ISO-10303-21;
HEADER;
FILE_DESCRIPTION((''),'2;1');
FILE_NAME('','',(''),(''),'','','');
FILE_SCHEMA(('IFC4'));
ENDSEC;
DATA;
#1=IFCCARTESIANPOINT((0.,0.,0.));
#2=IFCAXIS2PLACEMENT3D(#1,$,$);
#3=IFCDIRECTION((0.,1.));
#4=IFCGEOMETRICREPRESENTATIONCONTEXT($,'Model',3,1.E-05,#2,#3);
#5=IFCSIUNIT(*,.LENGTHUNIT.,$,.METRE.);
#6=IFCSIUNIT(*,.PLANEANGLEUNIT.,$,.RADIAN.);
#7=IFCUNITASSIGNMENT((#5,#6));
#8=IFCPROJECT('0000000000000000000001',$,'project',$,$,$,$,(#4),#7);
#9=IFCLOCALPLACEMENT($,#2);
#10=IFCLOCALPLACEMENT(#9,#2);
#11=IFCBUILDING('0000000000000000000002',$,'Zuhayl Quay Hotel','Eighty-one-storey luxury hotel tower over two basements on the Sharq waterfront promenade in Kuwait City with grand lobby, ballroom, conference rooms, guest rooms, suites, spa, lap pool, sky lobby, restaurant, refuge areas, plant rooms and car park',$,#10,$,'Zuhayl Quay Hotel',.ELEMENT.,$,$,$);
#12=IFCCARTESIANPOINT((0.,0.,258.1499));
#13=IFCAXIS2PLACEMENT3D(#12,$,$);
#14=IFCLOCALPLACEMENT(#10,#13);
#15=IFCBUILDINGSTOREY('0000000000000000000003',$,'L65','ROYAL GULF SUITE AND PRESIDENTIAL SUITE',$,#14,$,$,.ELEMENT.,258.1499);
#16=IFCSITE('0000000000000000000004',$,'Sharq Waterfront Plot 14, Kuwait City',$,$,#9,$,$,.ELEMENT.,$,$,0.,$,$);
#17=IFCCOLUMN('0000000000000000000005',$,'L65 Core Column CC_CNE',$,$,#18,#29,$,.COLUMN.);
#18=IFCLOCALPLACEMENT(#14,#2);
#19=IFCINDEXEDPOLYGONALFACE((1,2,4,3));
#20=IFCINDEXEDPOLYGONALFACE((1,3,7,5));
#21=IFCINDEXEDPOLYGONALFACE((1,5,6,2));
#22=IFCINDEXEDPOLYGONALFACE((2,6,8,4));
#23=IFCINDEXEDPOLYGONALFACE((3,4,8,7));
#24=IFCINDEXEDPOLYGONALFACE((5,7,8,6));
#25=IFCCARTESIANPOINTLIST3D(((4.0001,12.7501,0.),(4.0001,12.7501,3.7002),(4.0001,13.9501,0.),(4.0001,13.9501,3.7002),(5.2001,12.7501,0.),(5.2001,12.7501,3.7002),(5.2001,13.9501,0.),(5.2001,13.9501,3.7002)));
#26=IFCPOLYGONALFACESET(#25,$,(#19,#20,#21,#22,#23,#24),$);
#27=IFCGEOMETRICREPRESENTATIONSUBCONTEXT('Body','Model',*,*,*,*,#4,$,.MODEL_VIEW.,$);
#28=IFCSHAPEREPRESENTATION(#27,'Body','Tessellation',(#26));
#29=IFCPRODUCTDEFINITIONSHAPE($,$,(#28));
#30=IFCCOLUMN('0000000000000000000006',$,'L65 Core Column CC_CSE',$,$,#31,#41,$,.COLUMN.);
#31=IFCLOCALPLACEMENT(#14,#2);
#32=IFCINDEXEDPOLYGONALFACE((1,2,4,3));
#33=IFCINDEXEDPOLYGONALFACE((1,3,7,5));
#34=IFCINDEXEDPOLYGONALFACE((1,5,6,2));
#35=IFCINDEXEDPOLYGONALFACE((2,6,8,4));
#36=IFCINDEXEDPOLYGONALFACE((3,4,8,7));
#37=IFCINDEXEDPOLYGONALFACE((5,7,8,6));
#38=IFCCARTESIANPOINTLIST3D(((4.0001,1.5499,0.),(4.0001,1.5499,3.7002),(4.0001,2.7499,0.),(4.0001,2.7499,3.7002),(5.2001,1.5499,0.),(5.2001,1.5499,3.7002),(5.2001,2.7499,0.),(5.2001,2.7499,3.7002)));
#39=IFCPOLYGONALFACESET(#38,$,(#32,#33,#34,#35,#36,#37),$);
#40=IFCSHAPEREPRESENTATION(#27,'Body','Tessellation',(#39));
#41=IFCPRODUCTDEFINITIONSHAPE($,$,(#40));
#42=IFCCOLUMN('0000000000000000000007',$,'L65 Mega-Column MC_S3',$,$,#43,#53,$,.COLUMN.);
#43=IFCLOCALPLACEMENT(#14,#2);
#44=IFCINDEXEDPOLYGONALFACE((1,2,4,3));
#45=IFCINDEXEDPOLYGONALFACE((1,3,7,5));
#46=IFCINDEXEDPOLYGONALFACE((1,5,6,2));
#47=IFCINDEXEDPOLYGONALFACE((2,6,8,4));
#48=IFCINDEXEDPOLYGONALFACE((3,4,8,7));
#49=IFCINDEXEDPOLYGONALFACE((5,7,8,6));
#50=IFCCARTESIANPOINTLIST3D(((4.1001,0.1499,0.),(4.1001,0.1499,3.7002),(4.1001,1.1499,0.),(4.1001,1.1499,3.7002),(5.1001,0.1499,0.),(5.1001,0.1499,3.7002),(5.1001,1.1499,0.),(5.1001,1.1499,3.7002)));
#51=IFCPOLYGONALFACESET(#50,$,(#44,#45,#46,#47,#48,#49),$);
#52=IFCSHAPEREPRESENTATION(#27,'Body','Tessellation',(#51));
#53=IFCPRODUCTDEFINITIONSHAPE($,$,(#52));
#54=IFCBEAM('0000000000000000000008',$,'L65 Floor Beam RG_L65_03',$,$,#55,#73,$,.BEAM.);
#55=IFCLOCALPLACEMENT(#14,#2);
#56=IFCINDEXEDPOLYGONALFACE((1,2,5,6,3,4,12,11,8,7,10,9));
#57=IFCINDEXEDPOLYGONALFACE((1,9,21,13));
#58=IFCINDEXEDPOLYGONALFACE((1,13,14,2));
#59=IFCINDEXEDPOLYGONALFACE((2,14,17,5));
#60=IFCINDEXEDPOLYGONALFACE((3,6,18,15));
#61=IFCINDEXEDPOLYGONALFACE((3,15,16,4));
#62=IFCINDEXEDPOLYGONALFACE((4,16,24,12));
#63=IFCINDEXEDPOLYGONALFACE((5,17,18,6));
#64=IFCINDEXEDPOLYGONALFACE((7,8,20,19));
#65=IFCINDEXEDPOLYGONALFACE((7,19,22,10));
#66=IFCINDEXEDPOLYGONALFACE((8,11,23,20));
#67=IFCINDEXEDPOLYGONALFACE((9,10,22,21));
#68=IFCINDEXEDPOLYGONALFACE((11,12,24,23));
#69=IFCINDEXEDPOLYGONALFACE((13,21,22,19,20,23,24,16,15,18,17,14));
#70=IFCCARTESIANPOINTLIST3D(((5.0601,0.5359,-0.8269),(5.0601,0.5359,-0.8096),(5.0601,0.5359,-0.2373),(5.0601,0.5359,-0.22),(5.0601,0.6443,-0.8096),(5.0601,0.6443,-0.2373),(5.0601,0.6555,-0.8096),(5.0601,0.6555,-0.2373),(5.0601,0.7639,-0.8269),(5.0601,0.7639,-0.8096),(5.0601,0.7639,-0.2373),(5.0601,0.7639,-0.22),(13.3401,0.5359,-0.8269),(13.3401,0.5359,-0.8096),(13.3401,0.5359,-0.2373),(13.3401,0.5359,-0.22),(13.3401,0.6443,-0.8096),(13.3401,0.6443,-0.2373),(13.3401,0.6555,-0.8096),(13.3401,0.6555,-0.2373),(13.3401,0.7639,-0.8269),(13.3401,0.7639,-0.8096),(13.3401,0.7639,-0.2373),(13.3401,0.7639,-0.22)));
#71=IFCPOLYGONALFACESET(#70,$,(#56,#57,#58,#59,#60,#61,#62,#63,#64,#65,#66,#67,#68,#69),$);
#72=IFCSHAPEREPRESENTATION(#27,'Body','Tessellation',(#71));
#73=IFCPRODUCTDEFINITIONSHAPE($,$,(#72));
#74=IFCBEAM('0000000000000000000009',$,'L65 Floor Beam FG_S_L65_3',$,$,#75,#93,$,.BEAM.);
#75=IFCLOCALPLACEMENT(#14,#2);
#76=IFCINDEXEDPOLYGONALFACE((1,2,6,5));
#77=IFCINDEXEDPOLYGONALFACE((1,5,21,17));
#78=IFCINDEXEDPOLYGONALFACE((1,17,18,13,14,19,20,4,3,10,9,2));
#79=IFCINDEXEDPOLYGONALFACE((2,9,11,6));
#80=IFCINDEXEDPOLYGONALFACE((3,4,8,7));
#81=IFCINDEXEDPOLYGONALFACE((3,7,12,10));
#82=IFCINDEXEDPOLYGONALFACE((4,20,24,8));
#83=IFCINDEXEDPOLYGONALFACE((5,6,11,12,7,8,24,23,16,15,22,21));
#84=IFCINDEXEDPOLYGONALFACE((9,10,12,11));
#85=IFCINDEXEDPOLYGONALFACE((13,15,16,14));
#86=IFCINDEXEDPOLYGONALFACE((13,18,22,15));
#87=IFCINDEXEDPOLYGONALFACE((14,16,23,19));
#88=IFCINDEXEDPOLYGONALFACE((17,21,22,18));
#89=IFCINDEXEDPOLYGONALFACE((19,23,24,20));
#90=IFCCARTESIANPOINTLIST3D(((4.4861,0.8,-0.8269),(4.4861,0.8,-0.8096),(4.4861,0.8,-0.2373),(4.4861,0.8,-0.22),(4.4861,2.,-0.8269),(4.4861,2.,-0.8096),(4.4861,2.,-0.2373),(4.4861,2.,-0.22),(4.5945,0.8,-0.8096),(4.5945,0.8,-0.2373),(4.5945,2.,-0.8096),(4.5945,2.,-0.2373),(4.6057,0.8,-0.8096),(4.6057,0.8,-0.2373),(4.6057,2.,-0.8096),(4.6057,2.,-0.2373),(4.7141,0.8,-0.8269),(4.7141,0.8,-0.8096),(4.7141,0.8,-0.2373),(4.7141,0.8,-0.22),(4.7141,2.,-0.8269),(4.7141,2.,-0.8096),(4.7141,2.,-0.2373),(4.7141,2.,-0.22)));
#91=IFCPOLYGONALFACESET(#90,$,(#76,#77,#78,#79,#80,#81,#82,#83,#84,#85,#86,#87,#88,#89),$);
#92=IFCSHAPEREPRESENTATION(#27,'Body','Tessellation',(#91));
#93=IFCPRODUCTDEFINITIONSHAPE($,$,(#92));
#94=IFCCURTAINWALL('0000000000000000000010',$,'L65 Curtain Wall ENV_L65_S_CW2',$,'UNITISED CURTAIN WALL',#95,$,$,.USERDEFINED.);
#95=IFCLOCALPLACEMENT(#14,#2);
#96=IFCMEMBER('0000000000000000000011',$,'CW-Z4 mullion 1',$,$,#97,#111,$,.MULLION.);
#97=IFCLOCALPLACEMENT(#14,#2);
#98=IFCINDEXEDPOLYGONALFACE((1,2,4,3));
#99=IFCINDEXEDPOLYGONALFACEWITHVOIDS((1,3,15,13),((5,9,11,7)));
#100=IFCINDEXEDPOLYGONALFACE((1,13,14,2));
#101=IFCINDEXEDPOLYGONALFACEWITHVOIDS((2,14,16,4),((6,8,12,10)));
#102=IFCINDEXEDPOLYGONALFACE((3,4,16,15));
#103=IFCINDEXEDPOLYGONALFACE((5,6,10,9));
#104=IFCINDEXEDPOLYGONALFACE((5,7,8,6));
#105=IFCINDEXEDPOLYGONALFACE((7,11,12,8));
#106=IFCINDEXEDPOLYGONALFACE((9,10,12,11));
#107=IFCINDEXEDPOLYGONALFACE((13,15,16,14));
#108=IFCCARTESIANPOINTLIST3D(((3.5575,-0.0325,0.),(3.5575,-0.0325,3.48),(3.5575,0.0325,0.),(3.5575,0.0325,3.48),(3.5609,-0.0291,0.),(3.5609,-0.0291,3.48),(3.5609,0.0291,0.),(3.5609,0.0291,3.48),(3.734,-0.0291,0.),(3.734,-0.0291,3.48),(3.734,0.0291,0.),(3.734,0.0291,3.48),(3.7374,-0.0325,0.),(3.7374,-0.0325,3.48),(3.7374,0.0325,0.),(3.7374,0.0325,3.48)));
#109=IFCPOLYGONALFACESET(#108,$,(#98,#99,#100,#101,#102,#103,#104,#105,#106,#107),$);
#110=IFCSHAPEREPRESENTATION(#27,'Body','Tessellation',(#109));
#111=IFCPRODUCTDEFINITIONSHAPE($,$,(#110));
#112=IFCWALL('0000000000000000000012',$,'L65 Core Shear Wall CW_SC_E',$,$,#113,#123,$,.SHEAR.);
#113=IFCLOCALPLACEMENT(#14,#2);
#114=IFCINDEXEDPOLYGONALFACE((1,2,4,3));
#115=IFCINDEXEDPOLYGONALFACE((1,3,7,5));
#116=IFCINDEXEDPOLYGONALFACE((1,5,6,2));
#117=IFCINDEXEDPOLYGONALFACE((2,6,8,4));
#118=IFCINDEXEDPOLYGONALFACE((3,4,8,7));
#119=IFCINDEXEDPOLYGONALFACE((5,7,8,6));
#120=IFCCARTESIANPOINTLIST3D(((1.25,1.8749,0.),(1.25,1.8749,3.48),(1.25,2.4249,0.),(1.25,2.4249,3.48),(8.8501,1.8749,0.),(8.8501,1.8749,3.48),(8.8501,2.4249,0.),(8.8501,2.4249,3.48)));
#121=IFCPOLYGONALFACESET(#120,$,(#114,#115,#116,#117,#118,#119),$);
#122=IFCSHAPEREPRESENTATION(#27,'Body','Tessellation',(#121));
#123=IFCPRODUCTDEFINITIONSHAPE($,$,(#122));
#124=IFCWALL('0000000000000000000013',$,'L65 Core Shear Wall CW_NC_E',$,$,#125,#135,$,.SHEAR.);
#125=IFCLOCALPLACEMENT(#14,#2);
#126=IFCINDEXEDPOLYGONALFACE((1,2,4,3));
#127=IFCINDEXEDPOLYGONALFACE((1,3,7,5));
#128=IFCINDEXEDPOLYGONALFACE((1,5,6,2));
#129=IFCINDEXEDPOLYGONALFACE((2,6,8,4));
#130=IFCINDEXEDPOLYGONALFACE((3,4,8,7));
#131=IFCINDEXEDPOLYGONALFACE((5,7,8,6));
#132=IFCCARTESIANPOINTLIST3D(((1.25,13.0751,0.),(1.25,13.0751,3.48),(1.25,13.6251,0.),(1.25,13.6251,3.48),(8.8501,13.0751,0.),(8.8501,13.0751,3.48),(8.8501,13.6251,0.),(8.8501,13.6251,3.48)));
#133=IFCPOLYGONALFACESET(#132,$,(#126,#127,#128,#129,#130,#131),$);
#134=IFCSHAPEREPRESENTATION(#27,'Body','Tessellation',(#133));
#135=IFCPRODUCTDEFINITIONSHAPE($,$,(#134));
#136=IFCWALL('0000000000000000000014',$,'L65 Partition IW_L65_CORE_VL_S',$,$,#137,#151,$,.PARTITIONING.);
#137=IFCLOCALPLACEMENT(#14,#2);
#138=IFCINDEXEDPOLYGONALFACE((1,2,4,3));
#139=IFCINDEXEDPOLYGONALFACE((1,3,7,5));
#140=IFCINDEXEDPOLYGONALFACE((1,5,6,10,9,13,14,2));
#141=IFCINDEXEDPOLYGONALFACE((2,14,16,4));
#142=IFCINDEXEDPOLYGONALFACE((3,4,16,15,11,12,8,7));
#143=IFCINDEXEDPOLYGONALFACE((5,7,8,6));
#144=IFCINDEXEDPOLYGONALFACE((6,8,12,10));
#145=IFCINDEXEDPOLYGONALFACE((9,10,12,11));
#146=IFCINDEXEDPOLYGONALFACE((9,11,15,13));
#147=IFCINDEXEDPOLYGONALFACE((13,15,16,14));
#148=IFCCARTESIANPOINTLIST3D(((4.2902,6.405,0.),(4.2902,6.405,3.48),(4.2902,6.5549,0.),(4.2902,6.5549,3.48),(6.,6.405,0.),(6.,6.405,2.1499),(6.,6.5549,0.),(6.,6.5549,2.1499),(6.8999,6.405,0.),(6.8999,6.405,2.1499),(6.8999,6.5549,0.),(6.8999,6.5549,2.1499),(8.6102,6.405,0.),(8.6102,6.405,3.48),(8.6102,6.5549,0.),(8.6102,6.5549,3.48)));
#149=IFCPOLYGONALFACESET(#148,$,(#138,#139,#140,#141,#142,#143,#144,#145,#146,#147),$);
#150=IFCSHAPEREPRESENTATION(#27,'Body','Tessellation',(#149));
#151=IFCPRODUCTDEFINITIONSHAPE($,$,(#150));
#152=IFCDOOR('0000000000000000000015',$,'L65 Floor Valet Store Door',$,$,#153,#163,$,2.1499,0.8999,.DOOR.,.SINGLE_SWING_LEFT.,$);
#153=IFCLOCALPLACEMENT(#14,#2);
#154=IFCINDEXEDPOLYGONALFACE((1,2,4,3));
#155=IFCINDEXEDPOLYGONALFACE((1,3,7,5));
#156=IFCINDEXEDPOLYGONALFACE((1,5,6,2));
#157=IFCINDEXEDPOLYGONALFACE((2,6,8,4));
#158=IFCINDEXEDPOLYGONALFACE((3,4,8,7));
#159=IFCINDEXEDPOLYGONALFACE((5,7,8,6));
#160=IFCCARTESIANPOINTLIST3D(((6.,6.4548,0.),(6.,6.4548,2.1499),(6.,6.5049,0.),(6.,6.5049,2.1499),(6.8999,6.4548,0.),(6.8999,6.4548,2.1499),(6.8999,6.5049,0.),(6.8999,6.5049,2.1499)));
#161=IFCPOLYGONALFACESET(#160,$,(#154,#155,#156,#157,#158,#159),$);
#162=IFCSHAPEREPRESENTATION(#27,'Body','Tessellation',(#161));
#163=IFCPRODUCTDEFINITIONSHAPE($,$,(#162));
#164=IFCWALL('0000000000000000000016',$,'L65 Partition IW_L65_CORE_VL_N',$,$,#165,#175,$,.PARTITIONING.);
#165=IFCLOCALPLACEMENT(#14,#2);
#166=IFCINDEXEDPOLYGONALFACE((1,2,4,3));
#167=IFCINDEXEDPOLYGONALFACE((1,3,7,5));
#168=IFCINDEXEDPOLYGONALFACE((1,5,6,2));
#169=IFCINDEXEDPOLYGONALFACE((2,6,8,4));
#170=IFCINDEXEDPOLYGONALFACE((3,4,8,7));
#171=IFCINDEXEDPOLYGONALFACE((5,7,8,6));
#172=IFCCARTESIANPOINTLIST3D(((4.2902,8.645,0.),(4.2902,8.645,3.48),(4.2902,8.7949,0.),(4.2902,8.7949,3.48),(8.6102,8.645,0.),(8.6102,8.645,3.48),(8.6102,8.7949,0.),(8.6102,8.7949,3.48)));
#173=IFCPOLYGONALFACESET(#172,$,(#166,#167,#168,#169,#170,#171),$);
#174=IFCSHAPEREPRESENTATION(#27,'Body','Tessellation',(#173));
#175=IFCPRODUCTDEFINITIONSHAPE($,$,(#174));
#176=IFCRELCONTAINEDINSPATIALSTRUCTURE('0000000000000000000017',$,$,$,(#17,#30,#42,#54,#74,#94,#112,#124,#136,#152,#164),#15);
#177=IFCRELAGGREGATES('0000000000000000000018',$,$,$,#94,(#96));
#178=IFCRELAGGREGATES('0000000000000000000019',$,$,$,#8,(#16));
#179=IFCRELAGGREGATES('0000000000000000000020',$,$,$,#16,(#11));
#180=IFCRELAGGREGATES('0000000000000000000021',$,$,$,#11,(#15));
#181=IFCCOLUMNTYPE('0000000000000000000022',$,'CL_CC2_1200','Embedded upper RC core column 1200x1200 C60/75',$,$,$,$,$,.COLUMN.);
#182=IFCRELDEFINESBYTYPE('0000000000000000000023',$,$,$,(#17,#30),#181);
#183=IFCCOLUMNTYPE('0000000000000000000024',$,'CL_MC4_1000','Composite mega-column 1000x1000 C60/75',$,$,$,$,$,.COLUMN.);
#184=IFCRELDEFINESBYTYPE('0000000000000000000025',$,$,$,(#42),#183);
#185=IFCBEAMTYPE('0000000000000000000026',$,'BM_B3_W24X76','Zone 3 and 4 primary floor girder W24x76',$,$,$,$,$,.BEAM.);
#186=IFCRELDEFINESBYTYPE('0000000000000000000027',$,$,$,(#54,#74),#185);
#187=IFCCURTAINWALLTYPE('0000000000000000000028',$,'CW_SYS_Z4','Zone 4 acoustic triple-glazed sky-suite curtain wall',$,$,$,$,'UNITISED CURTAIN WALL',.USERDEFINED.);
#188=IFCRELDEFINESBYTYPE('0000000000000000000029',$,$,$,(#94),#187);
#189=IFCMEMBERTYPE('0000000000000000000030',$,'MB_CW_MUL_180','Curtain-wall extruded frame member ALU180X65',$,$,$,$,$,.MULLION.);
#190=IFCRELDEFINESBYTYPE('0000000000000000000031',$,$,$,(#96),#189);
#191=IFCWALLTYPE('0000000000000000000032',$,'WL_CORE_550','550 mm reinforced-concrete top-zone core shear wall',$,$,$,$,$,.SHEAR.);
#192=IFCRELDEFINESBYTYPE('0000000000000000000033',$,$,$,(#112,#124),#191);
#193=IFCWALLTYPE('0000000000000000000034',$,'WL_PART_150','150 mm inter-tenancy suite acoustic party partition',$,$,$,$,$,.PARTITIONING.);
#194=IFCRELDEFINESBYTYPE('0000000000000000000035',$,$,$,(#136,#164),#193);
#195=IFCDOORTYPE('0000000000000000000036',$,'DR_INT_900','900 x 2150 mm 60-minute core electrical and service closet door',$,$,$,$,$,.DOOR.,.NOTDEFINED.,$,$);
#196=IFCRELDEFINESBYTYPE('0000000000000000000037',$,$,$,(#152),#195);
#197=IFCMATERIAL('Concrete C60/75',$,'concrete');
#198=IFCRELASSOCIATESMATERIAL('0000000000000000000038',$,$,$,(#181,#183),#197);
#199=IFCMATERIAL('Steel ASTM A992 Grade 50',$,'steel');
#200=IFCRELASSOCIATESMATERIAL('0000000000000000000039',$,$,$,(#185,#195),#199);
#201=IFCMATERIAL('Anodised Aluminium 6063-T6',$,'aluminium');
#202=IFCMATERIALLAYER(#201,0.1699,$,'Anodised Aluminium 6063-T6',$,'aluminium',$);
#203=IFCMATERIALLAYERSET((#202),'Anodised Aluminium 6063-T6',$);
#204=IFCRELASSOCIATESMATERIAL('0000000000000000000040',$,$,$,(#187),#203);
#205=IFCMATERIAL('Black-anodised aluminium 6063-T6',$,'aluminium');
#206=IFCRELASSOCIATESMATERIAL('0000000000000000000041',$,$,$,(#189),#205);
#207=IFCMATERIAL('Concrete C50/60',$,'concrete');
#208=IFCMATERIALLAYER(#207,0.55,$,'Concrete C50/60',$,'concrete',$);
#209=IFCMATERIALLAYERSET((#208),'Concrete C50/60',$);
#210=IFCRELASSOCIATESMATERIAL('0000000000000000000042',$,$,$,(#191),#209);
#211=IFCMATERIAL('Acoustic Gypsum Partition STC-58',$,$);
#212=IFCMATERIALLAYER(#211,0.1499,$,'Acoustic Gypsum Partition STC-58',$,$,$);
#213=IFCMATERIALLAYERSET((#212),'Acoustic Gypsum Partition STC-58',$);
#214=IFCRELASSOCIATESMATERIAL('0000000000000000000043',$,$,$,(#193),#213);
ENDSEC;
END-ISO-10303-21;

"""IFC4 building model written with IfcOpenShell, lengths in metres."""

from ifc_helpers import new_model, si_unit, direction, frame, frame_2d, origin, origin_2d, place, context, subcontext, project, spatial, rectangle, hollow_rectangle, i_section, extrude, material, layer, layer_set, material_profile, profile_set, type_object, element, fill, aggregate, save


model = new_model("IFC4")

# Units and contexts
model_context = context("Model", 3, precision=1e-05, world=origin(), true_north=direction((0.0, 1.0)))
body_context = subcontext(model_context, "Body", "Model", "MODEL_VIEW")
ifc_project = project(units=[si_unit("LENGTHUNIT", "METRE"), si_unit("PLANEANGLEUNIT", "RADIAN")], contexts=[model_context])

# Site, building, storey
site_placement = place(None, origin())
site = spatial("IfcSite", under=ifc_project, at=site_placement, Name="Sharq Waterfront Plot 14, Kuwait City", CompositionType="ELEMENT", RefElevation=0.0)
building_placement = place(site_placement, origin())
building = spatial("IfcBuilding", under=site, at=building_placement, Name="Zuhayl Quay Hotel", Description="Eighty-one-storey luxury hotel tower over two basements on the Sharq waterfront promenade in Kuwait City with grand lobby, ballroom, conference rooms, guest rooms, suites, spa, lap pool, sky lobby, restaurant, refuge areas, plant rooms and car park", LongName="Zuhayl Quay Hotel", CompositionType="ELEMENT")
storey_placement = place(building_placement, frame((0.0, 0.0, 258.1499)))
storey = spatial("IfcBuildingStorey", under=building, at=storey_placement, Name="L65", Description="ROYAL GULF SUITE AND PRESIDENTIAL SUITE", CompositionType="ELEMENT", Elevation=258.1499)

# Columns
ifc_material_1 = material(Name="Concrete C60/75", Category="concrete")
ifc_material_profile_1 = material_profile(ifc_material_1, rectangle(XDim=1.2, YDim=1.2, at=origin_2d()), Name="RC1200X1200")
ifc_profile_set_1 = profile_set([ifc_material_profile_1], Name="Concrete C60/75")
column_type_1 = type_object("IfcColumnType", Name="CL_CC2_1200", Description="Embedded upper RC core column 1200x1200 C60/75", PredefinedType="COLUMN", material=ifc_profile_set_1)
for number, where, z_axis, x_axis, name in (
    (1, (4.6001, 13.3501, 0.0), (0.0, 0.0, 1.0), (1.0, 0.0, 0.0), "L65 Core Column CC_CNE"),
    (2, (4.6001, 2.1499, 0.0), (0.0, 0.0, 1.0), (1.0, 0.0, 0.0), "L65 Core Column CC_CSE"),
):
    element("IfcColumn", number, at=place(storey_placement, frame(where, z_axis=z_axis, x_axis=x_axis)), inside=storey, type_object=column_type_1, Name=name, PredefinedType="COLUMN", context=body_context, shape_type="SweptSolid", body=[
        extrude(rectangle(XDim=1.2, YDim=1.2, at=origin_2d()), origin(), (0.0, 0.0, 1.0), 3.7002),
    ])
ifc_material_profile_2 = material_profile(ifc_material_1, rectangle(XDim=1.0, YDim=1.0, at=origin_2d()), Name="RC1000X1000")
ifc_profile_set_2 = profile_set([ifc_material_profile_2], Name="Concrete C60/75")
column_type_2 = type_object("IfcColumnType", Name="CL_MC4_1000", Description="Composite mega-column 1000x1000 C60/75", PredefinedType="COLUMN", material=ifc_profile_set_2)
column_placement = place(storey_placement, frame((4.6001, 0.6499, 0.0), z_axis=(0.0, 0.0, 1.0), x_axis=(1.0, 0.0, 0.0)))
element("IfcColumn", 3, at=column_placement, inside=storey, type_object=column_type_2, Name="L65 Mega-Column MC_S3", PredefinedType="COLUMN", context=body_context, shape_type="SweptSolid", body=[
    extrude(rectangle(XDim=1.0, YDim=1.0, at=origin_2d()), origin(), (0.0, 0.0, 1.0), 3.7002),
])

# Beams
ifc_material_2 = material(Name="Steel ASTM A992 Grade 50", Category="steel")
ifc_material_profile_3 = material_profile(ifc_material_2, i_section(OverallWidth=0.228, OverallDepth=0.6069, WebThickness=0.0112, FlangeThickness=0.0173, at=origin_2d()), Name="W24X76")
ifc_profile_set_3 = profile_set([ifc_material_profile_3], Name="Steel ASTM A992 Grade 50")
beam_type = type_object("IfcBeamType", Name="BM_B3_W24X76", Description="Zone 3 and 4 primary floor girder W24x76", PredefinedType="BEAM", material=ifc_profile_set_3)
beam_1_placement = place(storey_placement, frame((5.0601, 0.6499, -0.5234), z_axis=(1.0, 0.0, 0.0), x_axis=(0.0, 1.0, 0.0)))
element("IfcBeam", 4, at=beam_1_placement, inside=storey, type_object=beam_type, Name="L65 Floor Beam RG_L65_03", PredefinedType="BEAM", context=body_context, shape_type="SweptSolid", body=[
    extrude(i_section(OverallWidth=0.228, OverallDepth=0.6069, WebThickness=0.0112, FlangeThickness=0.0173, at=origin_2d()), origin(), (0.0, 0.0, 1.0), 8.28),
])
beam_2_placement = place(storey_placement, frame((4.6001, 0.8, -0.5234), z_axis=(0.0, 1.0, 0.0), x_axis=(-1.0, 0.0, 0.0)))
element("IfcBeam", 5, at=beam_2_placement, inside=storey, type_object=beam_type, Name="L65 Floor Beam FG_S_L65_3", PredefinedType="BEAM", context=body_context, shape_type="SweptSolid", body=[
    extrude(i_section(OverallWidth=0.228, OverallDepth=0.6069, WebThickness=0.0112, FlangeThickness=0.0173, at=origin_2d()), origin(), (0.0, 0.0, 1.0), 1.2),
])

# Curtain wall, member
ifc_material_3 = material(Name="Anodised Aluminium 6063-T6", Category="aluminium")
ifc_layer_1 = layer(ifc_material_3, 0.1699, Name="Anodised Aluminium 6063-T6", Category="aluminium")
ifc_layer_set_1 = layer_set([ifc_layer_1], Name="Anodised Aluminium 6063-T6")
curtain_wall_type = type_object("IfcCurtainWallType", Name="CW_SYS_Z4", Description="Zone 4 acoustic triple-glazed sky-suite curtain wall", ElementType="UNITISED CURTAIN WALL", PredefinedType="USERDEFINED", material=ifc_layer_set_1)
curtain_wall_placement = place(storey_placement, origin())
curtain_wall = element("IfcCurtainWall", 6, at=curtain_wall_placement, inside=storey, type_object=curtain_wall_type, Name="L65 Curtain Wall ENV_L65_S_CW2", ObjectType="UNITISED CURTAIN WALL", PredefinedType="USERDEFINED")
ifc_material_4 = material(Name="Black-anodised aluminium 6063-T6", Category="aluminium")
ifc_material_profile_4 = material_profile(ifc_material_4, hollow_rectangle(XDim=0.0649, YDim=0.1799, WallThickness=0.0034, at=origin_2d()), Name="ALU180X65")
ifc_profile_set_4 = profile_set([ifc_material_profile_4], Name="Black-anodised aluminium 6063-T6")
member_type = type_object("IfcMemberType", Name="MB_CW_MUL_180", Description="Curtain-wall extruded frame member ALU180X65", PredefinedType="MULLION", material=ifc_profile_set_4)
member_placement = place(storey_placement, frame((3.6475, 0.0, 0.0), z_axis=(0.0, 0.0, 1.0), x_axis=(0.0, -1.0, 0.0)))
member = element("IfcMember", 7, at=member_placement, type_object=member_type, Name="CW-Z4 mullion 1", PredefinedType="MULLION", context=body_context, shape_type="SweptSolid", body=[
    extrude(hollow_rectangle(XDim=0.0649, YDim=0.1799, WallThickness=0.0034, at=origin_2d()), origin(), (0.0, 0.0, 1.0), 3.48),
])
aggregate(curtain_wall, [member])

# Walls
ifc_material_5 = material(Name="Concrete C50/60", Category="concrete")
ifc_layer_2 = layer(ifc_material_5, 0.55, Name="Concrete C50/60", Category="concrete")
ifc_layer_set_2 = layer_set([ifc_layer_2], Name="Concrete C50/60")
wall_type_1 = type_object("IfcWallType", Name="WL_CORE_550", Description="550 mm reinforced-concrete top-zone core shear wall", PredefinedType="SHEAR", material=ifc_layer_set_2)
for number, where, z_axis, x_axis, name in (
    (8, (1.25, 2.1499, 0.0), (0.0, 0.0, 1.0), (1.0, 0.0, 0.0), "L65 Core Shear Wall CW_SC_E"),
    (9, (1.25, 13.3501, 0.0), (0.0, 0.0, 1.0), (1.0, 0.0, 0.0), "L65 Core Shear Wall CW_NC_E"),
):
    element("IfcWall", number, at=place(storey_placement, frame(where, z_axis=z_axis, x_axis=x_axis)), inside=storey, type_object=wall_type_1, Name=name, PredefinedType="SHEAR", context=body_context, shape_type="SweptSolid", body=[
        extrude(rectangle(XDim=7.6001, YDim=0.55, at=frame_2d((3.8, 0.0))), origin(), (0.0, 0.0, 1.0), 3.48),
    ])

# Wall, opening, door
ifc_material_6 = material(Name="Acoustic Gypsum Partition STC-58")
ifc_layer_3 = layer(ifc_material_6, 0.1499, Name="Acoustic Gypsum Partition STC-58")
ifc_layer_set_3 = layer_set([ifc_layer_3], Name="Acoustic Gypsum Partition STC-58")
wall_type_2 = type_object("IfcWallType", Name="WL_PART_150", Description="150 mm inter-tenancy suite acoustic party partition", PredefinedType="PARTITIONING", material=ifc_layer_set_3)
wall_1_placement = place(storey_placement, frame((4.29, 6.48, 0.0), z_axis=(0.0, 0.0, 1.0), x_axis=(1.0, 0.0, 0.0)))
wall_1 = element("IfcWall", 10, at=wall_1_placement, inside=storey, type_object=wall_type_2, Name="L65 Partition IW_L65_CORE_VL_S", PredefinedType="PARTITIONING", context=body_context, shape_type="SweptSolid", body=[
    extrude(rectangle(XDim=4.3201, YDim=0.1499, at=frame_2d((2.1602, 0.0))), origin(), (0.0, 0.0, 1.0), 3.48),
])
opening_1_placement = place(wall_1_placement, frame((1.71, 0.0, 0.0)))
opening_1 = element("IfcOpeningElement", 11, at=opening_1_placement, cuts=wall_1, PredefinedType="OPENING", context=body_context, shape_type="SweptSolid", body=[
    extrude(rectangle(XDim=0.8999, YDim=2.1499, at=frame_2d((0.45, 1.075))), frame((0.0, 0.085, 0.0), z_axis=(0.0, -1.0, 0.0), x_axis=(1.0, 0.0, 0.0)), (0.0, 0.0, 1.0), 0.1699),
])
door_type_1 = type_object("IfcDoorType", Name="DR_INT_900", Description="900 x 2150 mm 60-minute core electrical and service closet door", OperationType="NOTDEFINED", PredefinedType="DOOR", material=ifc_material_2)
door_1_placement = place(opening_1_placement, origin())
door_1 = element("IfcDoor", 12, at=door_1_placement, inside=storey, type_object=door_type_1, Name="L65 Floor Valet Store Door", OperationType="SINGLE_SWING_LEFT", OverallHeight=2.1499, OverallWidth=0.8999, PredefinedType="DOOR", context=body_context, shape_type="SweptSolid", body=[
    extrude(rectangle(XDim=0.8999, YDim=2.1499, at=frame_2d((0.45, 1.075))), frame((0.0, 0.0249, 0.0), z_axis=(0.0, -1.0, 0.0), x_axis=(1.0, 0.0, 0.0)), (0.0, 0.0, 1.0), 0.05),
])
fill(opening_1, door_1)

# Wall
wall_2_placement = place(storey_placement, frame((4.29, 8.72, 0.0), z_axis=(0.0, 0.0, 1.0), x_axis=(1.0, 0.0, 0.0)))
element("IfcWall", 13, at=wall_2_placement, inside=storey, type_object=wall_type_2, Name="L65 Partition IW_L65_CORE_VL_N", PredefinedType="PARTITIONING", context=body_context, shape_type="SweptSolid", body=[
    extrude(rectangle(XDim=4.3201, YDim=0.1499, at=frame_2d((2.1602, 0.0))), origin(), (0.0, 0.0, 1.0), 3.48),
])

save(model, "model.ifc")
